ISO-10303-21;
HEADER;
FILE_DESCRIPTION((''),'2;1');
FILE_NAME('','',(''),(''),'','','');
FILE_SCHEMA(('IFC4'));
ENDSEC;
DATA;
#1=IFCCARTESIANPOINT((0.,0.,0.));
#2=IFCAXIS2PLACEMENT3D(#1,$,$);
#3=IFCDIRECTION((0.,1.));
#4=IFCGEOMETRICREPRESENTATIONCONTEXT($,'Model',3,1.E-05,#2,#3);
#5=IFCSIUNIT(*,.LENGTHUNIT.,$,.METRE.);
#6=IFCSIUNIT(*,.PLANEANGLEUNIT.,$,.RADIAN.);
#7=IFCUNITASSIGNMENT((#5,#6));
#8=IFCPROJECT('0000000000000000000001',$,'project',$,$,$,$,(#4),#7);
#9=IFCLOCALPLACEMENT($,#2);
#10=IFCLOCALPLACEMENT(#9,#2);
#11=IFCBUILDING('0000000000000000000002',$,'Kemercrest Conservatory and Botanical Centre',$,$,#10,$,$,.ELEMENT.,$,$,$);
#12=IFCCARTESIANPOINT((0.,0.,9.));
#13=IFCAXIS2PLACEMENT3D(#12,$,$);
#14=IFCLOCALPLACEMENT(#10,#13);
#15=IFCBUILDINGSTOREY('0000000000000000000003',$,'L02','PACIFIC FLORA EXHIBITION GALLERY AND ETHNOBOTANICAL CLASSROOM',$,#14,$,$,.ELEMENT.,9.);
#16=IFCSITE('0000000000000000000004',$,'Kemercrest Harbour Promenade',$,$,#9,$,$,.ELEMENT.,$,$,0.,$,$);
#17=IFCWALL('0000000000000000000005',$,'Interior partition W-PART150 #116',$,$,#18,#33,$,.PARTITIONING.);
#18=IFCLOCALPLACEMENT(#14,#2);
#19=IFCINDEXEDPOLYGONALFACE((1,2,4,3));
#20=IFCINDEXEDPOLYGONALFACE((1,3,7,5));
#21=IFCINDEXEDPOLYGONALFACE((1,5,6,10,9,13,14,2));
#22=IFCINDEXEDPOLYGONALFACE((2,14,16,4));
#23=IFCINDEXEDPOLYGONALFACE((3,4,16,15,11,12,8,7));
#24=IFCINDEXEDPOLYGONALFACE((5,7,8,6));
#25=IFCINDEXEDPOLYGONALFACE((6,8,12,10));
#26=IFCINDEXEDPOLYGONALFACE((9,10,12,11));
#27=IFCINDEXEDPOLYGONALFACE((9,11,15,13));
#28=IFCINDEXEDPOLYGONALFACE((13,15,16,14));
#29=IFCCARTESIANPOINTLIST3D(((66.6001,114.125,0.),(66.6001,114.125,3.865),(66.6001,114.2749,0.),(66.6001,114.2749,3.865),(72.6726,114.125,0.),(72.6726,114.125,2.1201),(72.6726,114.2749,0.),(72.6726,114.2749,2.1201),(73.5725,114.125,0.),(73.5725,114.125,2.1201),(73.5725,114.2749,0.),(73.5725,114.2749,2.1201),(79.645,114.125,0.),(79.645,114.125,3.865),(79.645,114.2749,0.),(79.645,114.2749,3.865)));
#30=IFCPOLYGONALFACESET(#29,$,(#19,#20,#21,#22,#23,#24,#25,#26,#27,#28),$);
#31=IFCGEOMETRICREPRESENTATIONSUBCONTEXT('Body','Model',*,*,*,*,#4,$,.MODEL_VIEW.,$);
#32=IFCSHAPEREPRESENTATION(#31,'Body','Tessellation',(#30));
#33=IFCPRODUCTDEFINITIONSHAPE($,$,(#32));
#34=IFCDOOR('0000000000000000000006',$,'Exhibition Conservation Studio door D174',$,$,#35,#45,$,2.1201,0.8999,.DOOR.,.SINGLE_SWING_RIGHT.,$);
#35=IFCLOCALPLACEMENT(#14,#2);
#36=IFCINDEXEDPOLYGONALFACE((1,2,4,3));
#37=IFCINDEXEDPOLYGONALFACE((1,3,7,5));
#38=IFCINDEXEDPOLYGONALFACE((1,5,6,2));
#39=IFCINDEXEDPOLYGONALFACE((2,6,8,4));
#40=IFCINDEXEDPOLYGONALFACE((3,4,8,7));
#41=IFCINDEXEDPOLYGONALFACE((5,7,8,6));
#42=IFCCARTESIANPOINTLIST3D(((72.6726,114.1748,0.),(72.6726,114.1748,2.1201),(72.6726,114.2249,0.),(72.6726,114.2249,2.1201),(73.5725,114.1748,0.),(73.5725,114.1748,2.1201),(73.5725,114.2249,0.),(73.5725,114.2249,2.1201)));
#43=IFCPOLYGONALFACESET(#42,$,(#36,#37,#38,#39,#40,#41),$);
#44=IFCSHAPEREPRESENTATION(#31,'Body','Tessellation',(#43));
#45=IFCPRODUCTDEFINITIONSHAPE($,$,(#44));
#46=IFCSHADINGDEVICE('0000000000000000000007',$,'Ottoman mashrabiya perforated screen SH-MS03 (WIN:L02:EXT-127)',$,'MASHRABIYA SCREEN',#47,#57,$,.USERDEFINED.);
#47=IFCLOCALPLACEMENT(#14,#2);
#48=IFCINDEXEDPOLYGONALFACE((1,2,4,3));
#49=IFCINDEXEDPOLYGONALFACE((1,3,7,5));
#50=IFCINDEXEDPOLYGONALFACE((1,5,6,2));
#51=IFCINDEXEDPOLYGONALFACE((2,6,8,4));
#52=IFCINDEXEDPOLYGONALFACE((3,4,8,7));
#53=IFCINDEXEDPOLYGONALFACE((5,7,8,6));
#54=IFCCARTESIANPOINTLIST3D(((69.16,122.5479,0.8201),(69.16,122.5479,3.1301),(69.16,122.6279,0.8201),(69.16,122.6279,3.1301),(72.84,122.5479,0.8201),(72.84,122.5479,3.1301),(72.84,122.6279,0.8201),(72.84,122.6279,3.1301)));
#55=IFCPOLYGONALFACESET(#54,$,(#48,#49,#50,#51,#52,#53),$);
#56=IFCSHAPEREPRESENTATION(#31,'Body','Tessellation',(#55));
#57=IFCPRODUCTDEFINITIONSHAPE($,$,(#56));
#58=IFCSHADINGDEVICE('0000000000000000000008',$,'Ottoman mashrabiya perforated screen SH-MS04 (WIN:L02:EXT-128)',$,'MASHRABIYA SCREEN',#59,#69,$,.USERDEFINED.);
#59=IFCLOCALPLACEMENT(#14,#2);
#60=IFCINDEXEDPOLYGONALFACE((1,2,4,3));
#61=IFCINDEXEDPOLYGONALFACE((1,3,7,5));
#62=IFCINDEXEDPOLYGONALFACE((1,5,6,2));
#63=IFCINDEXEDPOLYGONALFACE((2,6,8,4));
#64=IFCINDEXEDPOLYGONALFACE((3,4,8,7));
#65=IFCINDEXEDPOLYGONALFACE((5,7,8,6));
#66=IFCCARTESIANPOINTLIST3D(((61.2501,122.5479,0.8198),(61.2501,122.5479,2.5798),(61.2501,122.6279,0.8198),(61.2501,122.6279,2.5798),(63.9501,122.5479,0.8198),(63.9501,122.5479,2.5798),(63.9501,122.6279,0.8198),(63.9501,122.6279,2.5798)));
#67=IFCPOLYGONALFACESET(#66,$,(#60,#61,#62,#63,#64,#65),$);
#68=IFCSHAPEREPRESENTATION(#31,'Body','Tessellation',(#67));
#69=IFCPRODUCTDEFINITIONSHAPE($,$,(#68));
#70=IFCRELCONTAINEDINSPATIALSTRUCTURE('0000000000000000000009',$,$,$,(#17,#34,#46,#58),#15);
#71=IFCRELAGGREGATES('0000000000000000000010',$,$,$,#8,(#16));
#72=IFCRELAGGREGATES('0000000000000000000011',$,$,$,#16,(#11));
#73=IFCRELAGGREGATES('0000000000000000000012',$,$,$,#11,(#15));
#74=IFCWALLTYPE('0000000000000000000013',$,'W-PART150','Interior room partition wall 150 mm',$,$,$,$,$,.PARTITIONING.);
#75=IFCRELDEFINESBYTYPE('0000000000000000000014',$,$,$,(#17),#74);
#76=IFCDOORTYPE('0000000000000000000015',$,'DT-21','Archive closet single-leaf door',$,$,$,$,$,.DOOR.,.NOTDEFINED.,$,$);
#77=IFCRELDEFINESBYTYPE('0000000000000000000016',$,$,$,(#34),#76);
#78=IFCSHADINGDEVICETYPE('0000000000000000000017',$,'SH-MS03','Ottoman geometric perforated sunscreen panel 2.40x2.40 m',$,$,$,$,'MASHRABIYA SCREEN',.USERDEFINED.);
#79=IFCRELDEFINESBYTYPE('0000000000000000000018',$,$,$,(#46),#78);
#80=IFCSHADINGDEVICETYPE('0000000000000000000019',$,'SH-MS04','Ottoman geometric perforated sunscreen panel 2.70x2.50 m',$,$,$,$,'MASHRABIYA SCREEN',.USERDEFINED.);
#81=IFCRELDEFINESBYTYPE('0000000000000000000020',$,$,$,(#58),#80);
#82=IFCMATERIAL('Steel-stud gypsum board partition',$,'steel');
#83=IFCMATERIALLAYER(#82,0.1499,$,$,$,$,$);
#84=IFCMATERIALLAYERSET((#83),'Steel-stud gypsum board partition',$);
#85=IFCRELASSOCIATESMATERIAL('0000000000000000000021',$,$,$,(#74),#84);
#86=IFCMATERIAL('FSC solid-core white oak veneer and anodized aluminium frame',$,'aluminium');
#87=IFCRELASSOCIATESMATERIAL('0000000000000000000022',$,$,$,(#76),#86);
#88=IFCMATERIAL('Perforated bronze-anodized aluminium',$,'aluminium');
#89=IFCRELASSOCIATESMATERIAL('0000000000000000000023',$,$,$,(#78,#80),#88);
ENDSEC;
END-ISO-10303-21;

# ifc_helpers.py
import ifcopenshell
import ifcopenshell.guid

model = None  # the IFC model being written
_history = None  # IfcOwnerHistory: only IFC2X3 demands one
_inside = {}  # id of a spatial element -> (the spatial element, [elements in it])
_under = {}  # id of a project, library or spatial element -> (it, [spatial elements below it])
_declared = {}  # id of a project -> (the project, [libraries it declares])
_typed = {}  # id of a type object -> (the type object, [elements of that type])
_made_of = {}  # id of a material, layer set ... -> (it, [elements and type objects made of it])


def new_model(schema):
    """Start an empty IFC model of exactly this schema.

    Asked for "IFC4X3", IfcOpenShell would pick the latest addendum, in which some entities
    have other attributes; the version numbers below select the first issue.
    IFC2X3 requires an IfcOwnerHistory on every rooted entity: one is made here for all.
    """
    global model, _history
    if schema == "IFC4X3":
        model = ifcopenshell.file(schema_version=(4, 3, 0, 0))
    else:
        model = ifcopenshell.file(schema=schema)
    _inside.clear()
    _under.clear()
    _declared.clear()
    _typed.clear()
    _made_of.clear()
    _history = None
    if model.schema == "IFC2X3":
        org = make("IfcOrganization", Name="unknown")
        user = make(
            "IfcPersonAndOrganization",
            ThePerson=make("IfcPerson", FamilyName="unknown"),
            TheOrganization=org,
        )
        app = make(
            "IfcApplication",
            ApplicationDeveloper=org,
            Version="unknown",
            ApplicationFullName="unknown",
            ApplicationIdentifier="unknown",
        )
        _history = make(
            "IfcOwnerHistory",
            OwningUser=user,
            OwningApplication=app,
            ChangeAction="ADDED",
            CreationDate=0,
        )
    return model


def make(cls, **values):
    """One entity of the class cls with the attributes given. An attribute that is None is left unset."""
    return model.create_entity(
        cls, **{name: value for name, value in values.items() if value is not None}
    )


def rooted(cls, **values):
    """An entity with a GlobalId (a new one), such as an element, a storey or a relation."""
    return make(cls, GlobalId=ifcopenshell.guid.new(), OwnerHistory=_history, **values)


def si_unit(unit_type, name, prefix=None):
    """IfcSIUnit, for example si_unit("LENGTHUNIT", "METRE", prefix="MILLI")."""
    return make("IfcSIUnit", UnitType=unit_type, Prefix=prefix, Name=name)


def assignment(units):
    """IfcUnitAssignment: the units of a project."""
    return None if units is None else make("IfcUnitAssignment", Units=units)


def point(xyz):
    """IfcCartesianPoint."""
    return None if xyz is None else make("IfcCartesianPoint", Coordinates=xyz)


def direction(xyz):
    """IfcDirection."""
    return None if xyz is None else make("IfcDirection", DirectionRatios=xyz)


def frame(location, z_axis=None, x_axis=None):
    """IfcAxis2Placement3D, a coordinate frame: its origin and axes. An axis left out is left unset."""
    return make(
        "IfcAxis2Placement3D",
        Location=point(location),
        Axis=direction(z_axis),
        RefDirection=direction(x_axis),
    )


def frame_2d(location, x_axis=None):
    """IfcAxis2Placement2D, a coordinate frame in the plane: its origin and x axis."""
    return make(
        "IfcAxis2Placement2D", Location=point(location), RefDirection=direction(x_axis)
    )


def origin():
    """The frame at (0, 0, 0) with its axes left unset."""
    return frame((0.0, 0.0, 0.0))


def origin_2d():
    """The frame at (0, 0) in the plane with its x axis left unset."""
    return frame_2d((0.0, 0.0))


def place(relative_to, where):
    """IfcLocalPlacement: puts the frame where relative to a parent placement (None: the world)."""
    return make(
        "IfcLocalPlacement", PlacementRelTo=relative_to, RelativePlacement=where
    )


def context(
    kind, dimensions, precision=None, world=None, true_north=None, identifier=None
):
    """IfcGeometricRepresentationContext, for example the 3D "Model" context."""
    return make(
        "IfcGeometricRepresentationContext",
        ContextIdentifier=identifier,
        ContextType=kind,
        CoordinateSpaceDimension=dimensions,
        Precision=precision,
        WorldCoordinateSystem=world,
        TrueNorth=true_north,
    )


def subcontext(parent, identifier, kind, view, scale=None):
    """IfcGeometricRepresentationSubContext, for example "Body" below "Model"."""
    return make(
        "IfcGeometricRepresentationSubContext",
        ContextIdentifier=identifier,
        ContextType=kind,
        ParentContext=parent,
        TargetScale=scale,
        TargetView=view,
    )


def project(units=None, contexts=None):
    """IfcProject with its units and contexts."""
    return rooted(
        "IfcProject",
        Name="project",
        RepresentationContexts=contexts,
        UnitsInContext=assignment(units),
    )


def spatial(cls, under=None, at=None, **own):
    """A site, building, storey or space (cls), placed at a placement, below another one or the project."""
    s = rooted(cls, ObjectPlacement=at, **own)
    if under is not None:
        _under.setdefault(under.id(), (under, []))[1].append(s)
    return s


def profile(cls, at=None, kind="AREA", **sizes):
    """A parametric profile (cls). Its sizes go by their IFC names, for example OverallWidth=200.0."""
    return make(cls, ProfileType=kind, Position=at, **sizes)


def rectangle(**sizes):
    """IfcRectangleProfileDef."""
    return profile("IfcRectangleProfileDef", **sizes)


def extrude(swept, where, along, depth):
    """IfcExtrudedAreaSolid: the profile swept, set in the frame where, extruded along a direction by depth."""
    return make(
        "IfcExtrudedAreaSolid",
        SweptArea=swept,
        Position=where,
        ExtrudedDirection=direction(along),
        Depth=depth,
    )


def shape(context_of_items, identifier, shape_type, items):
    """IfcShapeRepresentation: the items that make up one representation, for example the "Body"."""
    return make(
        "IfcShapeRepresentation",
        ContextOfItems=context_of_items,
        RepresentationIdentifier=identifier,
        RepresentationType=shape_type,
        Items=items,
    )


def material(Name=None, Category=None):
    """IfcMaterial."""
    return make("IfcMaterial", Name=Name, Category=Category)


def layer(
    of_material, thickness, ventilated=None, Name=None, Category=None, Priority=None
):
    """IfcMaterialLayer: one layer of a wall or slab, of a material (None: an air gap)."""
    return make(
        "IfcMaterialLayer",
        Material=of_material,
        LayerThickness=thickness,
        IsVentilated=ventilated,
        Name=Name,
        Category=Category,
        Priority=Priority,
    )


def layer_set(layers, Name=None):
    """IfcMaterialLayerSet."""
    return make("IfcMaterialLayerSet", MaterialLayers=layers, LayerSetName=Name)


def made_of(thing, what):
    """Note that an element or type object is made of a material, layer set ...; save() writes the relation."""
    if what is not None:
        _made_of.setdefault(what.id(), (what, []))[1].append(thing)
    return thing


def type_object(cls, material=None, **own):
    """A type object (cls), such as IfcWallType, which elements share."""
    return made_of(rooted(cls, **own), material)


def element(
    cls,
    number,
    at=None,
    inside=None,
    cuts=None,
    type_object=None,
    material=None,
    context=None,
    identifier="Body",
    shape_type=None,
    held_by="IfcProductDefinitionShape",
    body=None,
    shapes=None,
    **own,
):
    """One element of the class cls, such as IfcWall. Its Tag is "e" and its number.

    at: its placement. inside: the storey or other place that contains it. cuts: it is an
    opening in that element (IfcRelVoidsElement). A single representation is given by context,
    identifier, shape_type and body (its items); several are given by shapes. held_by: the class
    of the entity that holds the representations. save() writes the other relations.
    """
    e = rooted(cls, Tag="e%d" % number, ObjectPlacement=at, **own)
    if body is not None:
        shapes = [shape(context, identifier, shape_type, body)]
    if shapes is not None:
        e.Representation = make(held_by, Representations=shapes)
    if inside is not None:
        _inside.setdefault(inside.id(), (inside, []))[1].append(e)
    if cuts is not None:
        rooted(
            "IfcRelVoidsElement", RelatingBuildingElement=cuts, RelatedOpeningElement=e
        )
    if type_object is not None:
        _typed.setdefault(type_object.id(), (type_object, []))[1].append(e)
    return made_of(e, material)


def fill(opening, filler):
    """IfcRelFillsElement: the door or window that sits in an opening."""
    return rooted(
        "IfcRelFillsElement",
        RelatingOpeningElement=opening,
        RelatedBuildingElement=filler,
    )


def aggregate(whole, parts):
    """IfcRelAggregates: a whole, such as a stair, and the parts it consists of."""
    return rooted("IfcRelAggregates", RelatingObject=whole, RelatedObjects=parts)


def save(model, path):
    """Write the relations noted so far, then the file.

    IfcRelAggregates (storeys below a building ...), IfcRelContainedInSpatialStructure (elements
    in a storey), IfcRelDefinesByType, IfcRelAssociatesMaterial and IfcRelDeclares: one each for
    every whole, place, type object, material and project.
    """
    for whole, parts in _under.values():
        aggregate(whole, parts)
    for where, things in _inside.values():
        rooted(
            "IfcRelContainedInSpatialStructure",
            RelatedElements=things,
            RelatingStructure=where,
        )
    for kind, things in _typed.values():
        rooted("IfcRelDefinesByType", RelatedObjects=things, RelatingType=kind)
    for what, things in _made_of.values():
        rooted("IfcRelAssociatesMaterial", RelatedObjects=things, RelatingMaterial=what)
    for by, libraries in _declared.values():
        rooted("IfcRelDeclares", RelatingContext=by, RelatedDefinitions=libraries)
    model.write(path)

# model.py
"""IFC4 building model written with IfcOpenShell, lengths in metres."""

from ifc_helpers import new_model, si_unit, direction, frame, frame_2d, origin, origin_2d, place, context, subcontext, project, spatial, rectangle, extrude, material, layer, layer_set, type_object, element, fill, save


model = new_model("IFC4")

# Units and contexts
model_context = context("Model", 3, precision=1e-05, world=origin(), true_north=direction((0.0, 1.0)))
body_context = subcontext(model_context, "Body", "Model", "MODEL_VIEW")
ifc_project = project(units=[si_unit("LENGTHUNIT", "METRE"), si_unit("PLANEANGLEUNIT", "RADIAN")], contexts=[model_context])

# Site, building, storey
site_placement = place(None, origin())
site = spatial("IfcSite", under=ifc_project, at=site_placement, Name="Kemercrest Harbour Promenade", CompositionType="ELEMENT", RefElevation=0.0)
building_placement = place(site_placement, origin())
building = spatial("IfcBuilding", under=site, at=building_placement, Name="Kemercrest Conservatory and Botanical Centre", CompositionType="ELEMENT")
storey_placement = place(building_placement, frame((0.0, 0.0, 9.0)))
storey = spatial("IfcBuildingStorey", under=building, at=storey_placement, Name="L02", Description="PACIFIC FLORA EXHIBITION GALLERY AND ETHNOBOTANICAL CLASSROOM", CompositionType="ELEMENT", Elevation=9.0)

# Wall, opening, door
ifc_material_1 = material(Name="Steel-stud gypsum board partition", Category="steel")
ifc_layer_1 = layer(ifc_material_1, 0.1499)
ifc_layer_set_1 = layer_set([ifc_layer_1], Name="Steel-stud gypsum board partition")
wall_type_1 = type_object("IfcWallType", Name="W-PART150", Description="Interior room partition wall 150 mm", PredefinedType="PARTITIONING", material=ifc_layer_set_1)
wall_1_placement = place(storey_placement, frame((66.6001, 114.2, 0.0), z_axis=(0.0, 0.0, 1.0), x_axis=(1.0, 0.0, 0.0)))
wall_1 = element("IfcWall", 1, at=wall_1_placement, inside=storey, type_object=wall_type_1, Name="Interior partition W-PART150 #116", PredefinedType="PARTITIONING", context=body_context, shape_type="SweptSolid", body=[
    extrude(rectangle(XDim=13.0449, YDim=0.1499, at=frame_2d((6.5225, 0.0))), origin(), (0.0, 0.0, 1.0), 3.865),
])
opening_1_placement = place(wall_1_placement, frame((6.0725, 0.0, 0.0)))
opening_1 = element("IfcOpeningElement", 2, at=opening_1_placement, cuts=wall_1, PredefinedType="OPENING", context=body_context, shape_type="SweptSolid", body=[
    extrude(rectangle(XDim=0.8999, YDim=2.1201, at=frame_2d((0.45, 1.0601))), frame((0.0, 0.085, 0.0), z_axis=(0.0, -1.0, 0.0), x_axis=(1.0, 0.0, 0.0)), (0.0, 0.0, 1.0), 0.1699),
])
ifc_material_2 = material(Name="FSC solid-core white oak veneer and anodized aluminium frame", Category="aluminium")
door_type_1 = type_object("IfcDoorType", Name="DT-21", Description="Archive closet single-leaf door", OperationType="NOTDEFINED", PredefinedType="DOOR", material=ifc_material_2)
door_1_placement = place(opening_1_placement, origin())
door_1 = element("IfcDoor", 3, at=door_1_placement, inside=storey, type_object=door_type_1, Name="Exhibition Conservation Studio door D174", OperationType="SINGLE_SWING_RIGHT", OverallHeight=2.1201, OverallWidth=0.8999, PredefinedType="DOOR", context=body_context, shape_type="SweptSolid", body=[
    extrude(rectangle(XDim=0.8999, YDim=2.1201, at=frame_2d((0.45, 1.0601))), frame((0.0, 0.0249, 0.0), z_axis=(0.0, -1.0, 0.0), x_axis=(1.0, 0.0, 0.0)), (0.0, 0.0, 1.0), 0.05),
])
fill(opening_1, door_1)

# Shading devices
ifc_material_3 = material(Name="Perforated bronze-anodized aluminium", Category="aluminium")
shading_device_type_1 = type_object("IfcShadingDeviceType", Name="SH-MS03", Description="Ottoman geometric perforated sunscreen panel 2.40x2.40 m", ElementType="MASHRABIYA SCREEN", PredefinedType="USERDEFINED", material=ifc_material_3)
shading_device_1_placement = place(storey_placement, frame((71.0, 122.5879, 0.8201), z_axis=(0.0, 0.0, 1.0), x_axis=(-1.0, 0.0, 0.0)))
element("IfcShadingDevice", 4, at=shading_device_1_placement, inside=storey, type_object=shading_device_type_1, Name="Ottoman mashrabiya perforated screen SH-MS03 (WIN:L02:EXT-127)", ObjectType="MASHRABIYA SCREEN", PredefinedType="USERDEFINED", context=body_context, shape_type="SweptSolid", body=[
    extrude(rectangle(XDim=3.6799, YDim=0.0801, at=origin_2d()), origin(), (0.0, 0.0, 1.0), 2.3101),
])
shading_device_type_2 = type_object("IfcShadingDeviceType", Name="SH-MS04", Description="Ottoman geometric perforated sunscreen panel 2.70x2.50 m", ElementType="MASHRABIYA SCREEN", PredefinedType="USERDEFINED", material=ifc_material_3)
shading_device_2_placement = place(storey_placement, frame((62.6001, 122.5879, 0.8198), z_axis=(0.0, 0.0, 1.0), x_axis=(-1.0, 0.0, 0.0)))
element("IfcShadingDevice", 5, at=shading_device_2_placement, inside=storey, type_object=shading_device_type_2, Name="Ottoman mashrabiya perforated screen SH-MS04 (WIN:L02:EXT-128)", ObjectType="MASHRABIYA SCREEN", PredefinedType="USERDEFINED", context=body_context, shape_type="SweptSolid", body=[
    extrude(rectangle(XDim=2.7, YDim=0.0801, at=origin_2d()), origin(), (0.0, 0.0, 1.0), 1.76),
])

save(model, "model.ifc")
